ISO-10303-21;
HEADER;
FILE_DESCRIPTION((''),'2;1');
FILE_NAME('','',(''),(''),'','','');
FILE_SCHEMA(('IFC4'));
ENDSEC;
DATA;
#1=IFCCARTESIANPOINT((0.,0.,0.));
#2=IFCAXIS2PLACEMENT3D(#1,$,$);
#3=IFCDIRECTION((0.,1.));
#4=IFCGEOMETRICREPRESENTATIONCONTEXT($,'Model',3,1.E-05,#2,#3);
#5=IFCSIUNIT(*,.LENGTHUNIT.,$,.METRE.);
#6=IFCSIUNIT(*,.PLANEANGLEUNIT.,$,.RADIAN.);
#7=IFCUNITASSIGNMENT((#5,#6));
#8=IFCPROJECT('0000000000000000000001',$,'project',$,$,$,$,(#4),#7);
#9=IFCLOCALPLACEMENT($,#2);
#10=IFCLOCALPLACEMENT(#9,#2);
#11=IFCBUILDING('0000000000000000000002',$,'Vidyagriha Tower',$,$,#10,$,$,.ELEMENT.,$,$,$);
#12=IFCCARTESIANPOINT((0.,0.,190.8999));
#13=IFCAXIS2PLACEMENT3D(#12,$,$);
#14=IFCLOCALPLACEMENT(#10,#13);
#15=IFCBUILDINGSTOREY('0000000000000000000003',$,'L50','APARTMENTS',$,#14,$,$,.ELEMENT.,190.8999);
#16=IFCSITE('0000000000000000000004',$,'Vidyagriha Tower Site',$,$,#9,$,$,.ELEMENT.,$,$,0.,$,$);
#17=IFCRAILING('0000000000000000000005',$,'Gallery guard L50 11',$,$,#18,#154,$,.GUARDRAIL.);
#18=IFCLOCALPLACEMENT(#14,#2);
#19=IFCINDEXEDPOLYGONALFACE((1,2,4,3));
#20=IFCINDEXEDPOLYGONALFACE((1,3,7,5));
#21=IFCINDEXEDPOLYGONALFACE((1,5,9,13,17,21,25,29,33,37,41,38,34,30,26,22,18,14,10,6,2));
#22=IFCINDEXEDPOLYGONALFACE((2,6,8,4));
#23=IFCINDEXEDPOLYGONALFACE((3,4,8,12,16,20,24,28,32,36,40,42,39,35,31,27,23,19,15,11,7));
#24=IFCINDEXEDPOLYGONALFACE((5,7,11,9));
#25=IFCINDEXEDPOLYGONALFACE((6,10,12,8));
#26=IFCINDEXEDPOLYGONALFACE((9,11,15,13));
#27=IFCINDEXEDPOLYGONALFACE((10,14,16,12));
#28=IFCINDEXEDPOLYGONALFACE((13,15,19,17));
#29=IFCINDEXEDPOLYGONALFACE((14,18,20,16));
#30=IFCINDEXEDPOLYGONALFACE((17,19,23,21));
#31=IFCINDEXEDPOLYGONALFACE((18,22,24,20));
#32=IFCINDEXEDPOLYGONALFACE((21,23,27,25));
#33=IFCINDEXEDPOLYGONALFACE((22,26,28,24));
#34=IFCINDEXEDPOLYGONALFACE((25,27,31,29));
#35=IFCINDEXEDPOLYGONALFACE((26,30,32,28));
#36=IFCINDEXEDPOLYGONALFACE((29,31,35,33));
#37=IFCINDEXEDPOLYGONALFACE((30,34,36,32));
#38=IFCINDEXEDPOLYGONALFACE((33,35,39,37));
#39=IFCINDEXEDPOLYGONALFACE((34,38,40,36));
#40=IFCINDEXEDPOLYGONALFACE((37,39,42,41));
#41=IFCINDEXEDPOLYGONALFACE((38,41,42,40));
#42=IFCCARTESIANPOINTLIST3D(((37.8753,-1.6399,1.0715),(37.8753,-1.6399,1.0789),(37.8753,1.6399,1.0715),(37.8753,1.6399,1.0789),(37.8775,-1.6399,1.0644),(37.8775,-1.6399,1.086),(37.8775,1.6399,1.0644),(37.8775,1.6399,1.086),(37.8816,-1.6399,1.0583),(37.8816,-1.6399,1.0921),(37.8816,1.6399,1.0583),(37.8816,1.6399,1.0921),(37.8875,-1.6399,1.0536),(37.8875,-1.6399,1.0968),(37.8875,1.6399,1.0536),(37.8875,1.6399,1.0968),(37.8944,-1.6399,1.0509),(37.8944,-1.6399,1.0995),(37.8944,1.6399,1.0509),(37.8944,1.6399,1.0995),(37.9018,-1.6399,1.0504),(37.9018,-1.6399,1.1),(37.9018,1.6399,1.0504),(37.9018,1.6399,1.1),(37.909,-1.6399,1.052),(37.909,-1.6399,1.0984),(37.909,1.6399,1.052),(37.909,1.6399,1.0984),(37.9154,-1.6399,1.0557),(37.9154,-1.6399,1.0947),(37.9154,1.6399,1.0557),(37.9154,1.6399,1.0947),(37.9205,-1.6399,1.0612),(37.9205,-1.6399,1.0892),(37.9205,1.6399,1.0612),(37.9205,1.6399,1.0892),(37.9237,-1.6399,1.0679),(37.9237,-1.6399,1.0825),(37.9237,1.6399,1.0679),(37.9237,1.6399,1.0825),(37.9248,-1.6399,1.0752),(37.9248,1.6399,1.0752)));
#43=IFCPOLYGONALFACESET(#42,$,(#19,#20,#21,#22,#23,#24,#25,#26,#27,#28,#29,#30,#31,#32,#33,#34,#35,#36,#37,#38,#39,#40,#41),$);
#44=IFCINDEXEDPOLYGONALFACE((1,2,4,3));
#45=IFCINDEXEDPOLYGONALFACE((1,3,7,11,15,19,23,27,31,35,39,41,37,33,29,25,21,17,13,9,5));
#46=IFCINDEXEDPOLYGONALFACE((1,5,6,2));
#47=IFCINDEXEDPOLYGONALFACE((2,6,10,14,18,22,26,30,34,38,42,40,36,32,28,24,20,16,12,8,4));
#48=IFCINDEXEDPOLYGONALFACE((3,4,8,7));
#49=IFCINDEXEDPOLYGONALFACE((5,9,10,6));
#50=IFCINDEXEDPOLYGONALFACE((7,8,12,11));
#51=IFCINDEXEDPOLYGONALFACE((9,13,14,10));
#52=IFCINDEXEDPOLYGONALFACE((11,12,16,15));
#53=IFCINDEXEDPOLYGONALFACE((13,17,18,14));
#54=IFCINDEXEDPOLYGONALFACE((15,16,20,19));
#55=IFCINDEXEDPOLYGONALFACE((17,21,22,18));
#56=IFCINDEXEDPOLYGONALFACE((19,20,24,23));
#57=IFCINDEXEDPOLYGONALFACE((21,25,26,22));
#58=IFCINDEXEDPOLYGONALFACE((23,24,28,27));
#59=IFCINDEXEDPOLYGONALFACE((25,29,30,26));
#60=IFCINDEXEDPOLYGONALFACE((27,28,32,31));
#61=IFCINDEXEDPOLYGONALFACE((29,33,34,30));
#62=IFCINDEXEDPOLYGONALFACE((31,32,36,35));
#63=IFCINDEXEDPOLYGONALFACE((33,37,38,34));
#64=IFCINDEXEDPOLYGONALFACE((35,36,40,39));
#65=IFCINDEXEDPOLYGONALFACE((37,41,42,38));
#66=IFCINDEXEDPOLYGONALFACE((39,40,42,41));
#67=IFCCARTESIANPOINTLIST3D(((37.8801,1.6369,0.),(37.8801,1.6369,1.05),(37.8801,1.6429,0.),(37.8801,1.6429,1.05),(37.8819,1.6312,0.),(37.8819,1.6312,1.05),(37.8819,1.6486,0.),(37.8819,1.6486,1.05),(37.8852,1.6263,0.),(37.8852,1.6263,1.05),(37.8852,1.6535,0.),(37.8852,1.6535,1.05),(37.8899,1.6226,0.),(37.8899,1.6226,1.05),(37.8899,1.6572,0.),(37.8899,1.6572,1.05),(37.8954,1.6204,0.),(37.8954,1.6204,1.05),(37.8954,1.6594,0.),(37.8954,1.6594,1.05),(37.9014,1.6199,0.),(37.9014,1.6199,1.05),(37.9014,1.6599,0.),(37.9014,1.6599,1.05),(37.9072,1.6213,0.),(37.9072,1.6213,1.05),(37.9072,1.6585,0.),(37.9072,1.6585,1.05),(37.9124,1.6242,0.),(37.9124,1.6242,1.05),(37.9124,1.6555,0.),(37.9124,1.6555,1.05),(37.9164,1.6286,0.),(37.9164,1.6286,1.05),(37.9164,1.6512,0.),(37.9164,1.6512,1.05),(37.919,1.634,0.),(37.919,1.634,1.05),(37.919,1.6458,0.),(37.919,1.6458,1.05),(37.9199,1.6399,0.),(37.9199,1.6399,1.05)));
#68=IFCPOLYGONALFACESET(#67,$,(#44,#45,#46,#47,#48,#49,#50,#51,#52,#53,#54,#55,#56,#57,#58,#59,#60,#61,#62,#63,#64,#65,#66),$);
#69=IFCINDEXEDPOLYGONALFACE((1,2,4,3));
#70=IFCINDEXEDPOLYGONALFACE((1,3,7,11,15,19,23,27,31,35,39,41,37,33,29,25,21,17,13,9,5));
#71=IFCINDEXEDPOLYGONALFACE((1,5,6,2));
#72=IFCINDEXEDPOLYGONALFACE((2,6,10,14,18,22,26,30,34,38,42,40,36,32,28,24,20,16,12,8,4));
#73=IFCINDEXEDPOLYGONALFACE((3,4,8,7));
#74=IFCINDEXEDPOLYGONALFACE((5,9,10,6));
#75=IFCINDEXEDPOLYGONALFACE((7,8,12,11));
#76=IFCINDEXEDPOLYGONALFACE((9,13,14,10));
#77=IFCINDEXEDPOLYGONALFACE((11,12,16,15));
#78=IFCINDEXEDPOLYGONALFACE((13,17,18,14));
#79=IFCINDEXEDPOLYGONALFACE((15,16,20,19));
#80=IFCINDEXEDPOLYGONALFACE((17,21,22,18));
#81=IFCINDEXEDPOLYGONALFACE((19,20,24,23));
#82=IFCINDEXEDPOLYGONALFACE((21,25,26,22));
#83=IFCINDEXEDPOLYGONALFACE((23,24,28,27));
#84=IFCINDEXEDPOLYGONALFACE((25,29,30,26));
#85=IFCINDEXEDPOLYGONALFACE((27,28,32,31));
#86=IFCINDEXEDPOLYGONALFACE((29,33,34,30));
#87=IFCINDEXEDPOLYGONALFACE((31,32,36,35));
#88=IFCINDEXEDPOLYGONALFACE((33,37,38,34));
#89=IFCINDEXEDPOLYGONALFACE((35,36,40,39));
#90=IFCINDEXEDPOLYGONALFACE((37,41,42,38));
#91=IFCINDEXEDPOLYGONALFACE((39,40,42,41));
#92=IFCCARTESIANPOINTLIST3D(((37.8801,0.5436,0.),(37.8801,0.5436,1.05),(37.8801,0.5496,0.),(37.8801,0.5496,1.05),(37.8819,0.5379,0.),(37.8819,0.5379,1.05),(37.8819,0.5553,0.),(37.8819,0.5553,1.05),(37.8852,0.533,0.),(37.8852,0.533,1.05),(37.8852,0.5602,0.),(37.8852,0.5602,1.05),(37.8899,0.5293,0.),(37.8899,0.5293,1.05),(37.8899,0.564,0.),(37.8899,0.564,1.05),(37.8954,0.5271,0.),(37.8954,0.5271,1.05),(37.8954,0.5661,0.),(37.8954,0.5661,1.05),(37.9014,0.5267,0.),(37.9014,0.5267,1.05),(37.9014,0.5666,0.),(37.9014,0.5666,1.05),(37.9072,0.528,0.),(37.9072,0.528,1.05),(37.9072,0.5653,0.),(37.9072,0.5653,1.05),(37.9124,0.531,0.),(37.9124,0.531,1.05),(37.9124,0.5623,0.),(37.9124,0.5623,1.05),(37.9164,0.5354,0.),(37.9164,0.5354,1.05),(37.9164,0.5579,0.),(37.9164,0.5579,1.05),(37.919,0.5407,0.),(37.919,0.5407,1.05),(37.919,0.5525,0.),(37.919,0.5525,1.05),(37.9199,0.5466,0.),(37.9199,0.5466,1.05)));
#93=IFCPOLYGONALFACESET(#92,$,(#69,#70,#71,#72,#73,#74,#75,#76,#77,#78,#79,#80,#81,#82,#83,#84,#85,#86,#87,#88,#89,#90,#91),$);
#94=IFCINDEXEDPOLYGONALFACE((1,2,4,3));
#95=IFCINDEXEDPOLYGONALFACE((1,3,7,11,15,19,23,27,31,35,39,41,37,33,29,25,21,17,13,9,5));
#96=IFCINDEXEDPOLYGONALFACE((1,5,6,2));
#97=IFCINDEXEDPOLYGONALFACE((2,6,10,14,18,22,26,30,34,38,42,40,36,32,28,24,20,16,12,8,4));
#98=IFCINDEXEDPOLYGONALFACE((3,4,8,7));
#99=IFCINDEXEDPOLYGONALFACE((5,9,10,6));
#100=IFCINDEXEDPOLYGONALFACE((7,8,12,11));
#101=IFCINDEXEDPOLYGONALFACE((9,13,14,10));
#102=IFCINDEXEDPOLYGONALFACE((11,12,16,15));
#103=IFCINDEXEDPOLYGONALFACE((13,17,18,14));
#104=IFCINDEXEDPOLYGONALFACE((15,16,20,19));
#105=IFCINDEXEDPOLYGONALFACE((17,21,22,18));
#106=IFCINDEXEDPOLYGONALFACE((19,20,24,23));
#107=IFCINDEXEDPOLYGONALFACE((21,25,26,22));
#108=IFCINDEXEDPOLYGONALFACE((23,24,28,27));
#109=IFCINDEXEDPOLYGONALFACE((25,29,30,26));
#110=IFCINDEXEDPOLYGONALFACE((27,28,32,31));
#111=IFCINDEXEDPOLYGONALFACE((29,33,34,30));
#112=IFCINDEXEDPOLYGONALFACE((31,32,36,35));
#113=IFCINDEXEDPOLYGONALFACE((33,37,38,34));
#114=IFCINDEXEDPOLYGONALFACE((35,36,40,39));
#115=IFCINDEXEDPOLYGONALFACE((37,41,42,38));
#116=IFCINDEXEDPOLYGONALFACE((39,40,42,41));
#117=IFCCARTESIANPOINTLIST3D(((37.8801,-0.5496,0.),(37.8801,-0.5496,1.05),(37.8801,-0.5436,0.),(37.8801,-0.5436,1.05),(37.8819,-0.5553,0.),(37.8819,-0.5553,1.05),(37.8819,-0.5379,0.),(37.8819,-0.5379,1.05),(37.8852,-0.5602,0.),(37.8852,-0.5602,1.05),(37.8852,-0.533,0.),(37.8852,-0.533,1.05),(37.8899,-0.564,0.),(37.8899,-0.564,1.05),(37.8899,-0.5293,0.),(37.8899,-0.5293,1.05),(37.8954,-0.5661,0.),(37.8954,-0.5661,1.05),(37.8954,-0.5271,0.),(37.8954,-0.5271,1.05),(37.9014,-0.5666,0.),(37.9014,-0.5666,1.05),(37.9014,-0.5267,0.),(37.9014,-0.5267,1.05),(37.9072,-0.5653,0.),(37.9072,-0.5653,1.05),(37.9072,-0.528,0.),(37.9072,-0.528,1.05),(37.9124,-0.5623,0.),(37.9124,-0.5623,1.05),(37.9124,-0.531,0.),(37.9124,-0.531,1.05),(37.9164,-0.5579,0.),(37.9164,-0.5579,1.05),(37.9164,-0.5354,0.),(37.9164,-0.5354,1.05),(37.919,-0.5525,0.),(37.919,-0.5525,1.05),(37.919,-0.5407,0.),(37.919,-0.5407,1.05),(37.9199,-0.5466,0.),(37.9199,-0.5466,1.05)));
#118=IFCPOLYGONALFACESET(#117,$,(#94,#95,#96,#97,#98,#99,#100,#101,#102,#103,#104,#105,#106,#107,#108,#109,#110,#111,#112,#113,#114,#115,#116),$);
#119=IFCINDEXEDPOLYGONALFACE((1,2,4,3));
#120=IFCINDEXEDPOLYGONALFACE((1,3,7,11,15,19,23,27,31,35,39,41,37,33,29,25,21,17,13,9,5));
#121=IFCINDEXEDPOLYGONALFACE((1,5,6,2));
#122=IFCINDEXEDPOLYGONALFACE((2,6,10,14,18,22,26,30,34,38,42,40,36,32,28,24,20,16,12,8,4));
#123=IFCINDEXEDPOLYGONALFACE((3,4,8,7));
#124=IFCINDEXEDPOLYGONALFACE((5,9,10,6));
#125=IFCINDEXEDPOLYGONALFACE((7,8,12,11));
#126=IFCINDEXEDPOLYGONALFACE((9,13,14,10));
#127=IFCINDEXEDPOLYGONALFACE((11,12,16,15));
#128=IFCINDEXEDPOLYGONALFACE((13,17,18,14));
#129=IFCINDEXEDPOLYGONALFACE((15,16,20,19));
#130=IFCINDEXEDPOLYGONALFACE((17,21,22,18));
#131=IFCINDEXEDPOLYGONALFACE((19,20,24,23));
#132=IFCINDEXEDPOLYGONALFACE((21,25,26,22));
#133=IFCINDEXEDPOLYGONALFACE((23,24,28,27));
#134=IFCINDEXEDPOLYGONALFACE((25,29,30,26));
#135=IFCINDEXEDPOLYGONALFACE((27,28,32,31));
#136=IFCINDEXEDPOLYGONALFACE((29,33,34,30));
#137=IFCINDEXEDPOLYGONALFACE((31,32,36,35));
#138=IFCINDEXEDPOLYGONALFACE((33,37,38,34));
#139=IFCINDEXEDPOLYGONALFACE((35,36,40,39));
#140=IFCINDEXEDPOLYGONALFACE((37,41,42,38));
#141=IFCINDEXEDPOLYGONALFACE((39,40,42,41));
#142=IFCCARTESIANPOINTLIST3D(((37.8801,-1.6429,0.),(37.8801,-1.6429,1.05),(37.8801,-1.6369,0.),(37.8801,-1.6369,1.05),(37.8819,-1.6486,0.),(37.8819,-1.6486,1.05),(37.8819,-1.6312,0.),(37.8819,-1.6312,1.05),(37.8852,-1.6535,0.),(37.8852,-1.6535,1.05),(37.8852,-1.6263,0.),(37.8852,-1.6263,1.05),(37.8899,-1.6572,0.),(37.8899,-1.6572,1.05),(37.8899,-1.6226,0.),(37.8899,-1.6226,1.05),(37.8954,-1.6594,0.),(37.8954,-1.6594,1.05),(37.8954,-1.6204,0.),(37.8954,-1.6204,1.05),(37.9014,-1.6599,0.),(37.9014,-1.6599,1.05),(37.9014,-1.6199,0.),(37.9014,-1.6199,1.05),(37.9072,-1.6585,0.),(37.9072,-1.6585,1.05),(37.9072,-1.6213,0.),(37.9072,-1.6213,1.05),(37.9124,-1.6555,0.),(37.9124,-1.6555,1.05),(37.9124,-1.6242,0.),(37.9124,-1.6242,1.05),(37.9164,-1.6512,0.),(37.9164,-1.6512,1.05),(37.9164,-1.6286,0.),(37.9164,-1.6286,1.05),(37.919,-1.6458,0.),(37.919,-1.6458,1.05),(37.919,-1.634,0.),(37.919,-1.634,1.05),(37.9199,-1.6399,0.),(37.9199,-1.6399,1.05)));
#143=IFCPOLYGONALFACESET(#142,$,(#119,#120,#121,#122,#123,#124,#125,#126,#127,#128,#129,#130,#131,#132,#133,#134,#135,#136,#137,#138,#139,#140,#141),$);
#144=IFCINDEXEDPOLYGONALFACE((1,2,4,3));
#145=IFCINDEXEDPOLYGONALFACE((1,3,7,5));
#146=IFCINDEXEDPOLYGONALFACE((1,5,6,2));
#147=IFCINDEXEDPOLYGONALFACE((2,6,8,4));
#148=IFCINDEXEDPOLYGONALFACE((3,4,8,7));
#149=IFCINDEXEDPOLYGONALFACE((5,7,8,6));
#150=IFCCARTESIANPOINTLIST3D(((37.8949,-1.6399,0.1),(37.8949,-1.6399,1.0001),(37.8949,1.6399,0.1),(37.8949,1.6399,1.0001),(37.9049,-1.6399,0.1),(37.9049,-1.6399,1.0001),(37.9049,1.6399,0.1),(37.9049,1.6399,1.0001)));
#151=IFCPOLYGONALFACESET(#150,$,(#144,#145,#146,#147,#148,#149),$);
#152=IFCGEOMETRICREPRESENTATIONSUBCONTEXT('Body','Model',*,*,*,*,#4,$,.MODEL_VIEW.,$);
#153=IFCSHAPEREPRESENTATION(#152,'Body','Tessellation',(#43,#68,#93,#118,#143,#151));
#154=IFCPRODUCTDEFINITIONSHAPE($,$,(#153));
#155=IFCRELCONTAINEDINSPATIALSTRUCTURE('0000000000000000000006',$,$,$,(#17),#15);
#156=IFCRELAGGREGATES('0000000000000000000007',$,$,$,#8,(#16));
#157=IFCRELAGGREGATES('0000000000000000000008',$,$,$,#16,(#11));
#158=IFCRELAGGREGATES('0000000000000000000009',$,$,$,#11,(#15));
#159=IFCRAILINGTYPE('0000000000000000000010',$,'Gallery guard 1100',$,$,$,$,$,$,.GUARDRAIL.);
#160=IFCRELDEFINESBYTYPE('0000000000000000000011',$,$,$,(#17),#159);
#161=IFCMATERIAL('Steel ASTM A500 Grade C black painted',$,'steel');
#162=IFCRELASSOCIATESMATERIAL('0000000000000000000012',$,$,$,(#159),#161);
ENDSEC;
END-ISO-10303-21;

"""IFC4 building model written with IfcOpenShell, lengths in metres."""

from ifc_helpers import new_model, si_unit, direction, frame, origin, origin_2d, place, context, subcontext, project, spatial, rectangle, circle, extrude, material, type_object, element, save


model = new_model("IFC4")

# Units and contexts
model_context = context("Model", 3, precision=1e-05, world=origin(), true_north=direction((0.0, 1.0)))
body_context = subcontext(model_context, "Body", "Model", "MODEL_VIEW")
ifc_project = project(units=[si_unit("LENGTHUNIT", "METRE"), si_unit("PLANEANGLEUNIT", "RADIAN")], contexts=[model_context])

# Site, building, storey
site_placement = place(None, origin())
site = spatial("IfcSite", under=ifc_project, at=site_placement, Name="Vidyagriha Tower Site", CompositionType="ELEMENT", RefElevation=0.0)
building_placement = place(site_placement, origin())
building = spatial("IfcBuilding", under=site, at=building_placement, Name="Vidyagriha Tower", CompositionType="ELEMENT")
storey_placement = place(building_placement, frame((0.0, 0.0, 190.8999)))
storey = spatial("IfcBuildingStorey", under=building, at=storey_placement, Name="L50", Description="APARTMENTS", CompositionType="ELEMENT", Elevation=190.8999)

# Railing
ifc_material_1 = material(Name="Steel ASTM A500 Grade C black painted", Category="steel")
railing_type_1 = type_object("IfcRailingType", Name="Gallery guard 1100", PredefinedType="GUARDRAIL", material=ifc_material_1)
railing_1_placement = place(storey_placement, frame((37.8999, 1.6399, 0.0)))
element("IfcRailing", 1, at=railing_1_placement, inside=storey, type_object=railing_type_1, Name="Gallery guard L50 11", PredefinedType="GUARDRAIL", context=body_context, shape_type="SweptSolid", body=[
    extrude(circle(Radius=0.0249, at=origin_2d()), frame((0.0, 0.0, 1.0752), z_axis=(0.0, -1.0, 0.0), x_axis=(1.0, 0.0, 0.0)), (0.0, 0.0, 1.0), 3.2798),
    extrude(circle(Radius=0.02, at=origin_2d()), origin(), (0.0, 0.0, 1.0), 1.05),
    extrude(circle(Radius=0.02, at=origin_2d()), frame((0.0, -1.0933, 0.0)), (0.0, 0.0, 1.0), 1.05),
    extrude(circle(Radius=0.02, at=origin_2d()), frame((0.0, -2.1865, 0.0)), (0.0, 0.0, 1.0), 1.05),
    extrude(circle(Radius=0.02, at=origin_2d()), frame((0.0, -3.2798, 0.0)), (0.0, 0.0, 1.0), 1.05),
    extrude(rectangle(XDim=0.01, YDim=0.9001, at=origin_2d()), frame((0.0, 0.0, 0.55), z_axis=(0.0, -1.0, 0.0), x_axis=(1.0, 0.0, 0.0)), (0.0, 0.0, 1.0), 3.2798),
])

save(model, "model.ifc")
